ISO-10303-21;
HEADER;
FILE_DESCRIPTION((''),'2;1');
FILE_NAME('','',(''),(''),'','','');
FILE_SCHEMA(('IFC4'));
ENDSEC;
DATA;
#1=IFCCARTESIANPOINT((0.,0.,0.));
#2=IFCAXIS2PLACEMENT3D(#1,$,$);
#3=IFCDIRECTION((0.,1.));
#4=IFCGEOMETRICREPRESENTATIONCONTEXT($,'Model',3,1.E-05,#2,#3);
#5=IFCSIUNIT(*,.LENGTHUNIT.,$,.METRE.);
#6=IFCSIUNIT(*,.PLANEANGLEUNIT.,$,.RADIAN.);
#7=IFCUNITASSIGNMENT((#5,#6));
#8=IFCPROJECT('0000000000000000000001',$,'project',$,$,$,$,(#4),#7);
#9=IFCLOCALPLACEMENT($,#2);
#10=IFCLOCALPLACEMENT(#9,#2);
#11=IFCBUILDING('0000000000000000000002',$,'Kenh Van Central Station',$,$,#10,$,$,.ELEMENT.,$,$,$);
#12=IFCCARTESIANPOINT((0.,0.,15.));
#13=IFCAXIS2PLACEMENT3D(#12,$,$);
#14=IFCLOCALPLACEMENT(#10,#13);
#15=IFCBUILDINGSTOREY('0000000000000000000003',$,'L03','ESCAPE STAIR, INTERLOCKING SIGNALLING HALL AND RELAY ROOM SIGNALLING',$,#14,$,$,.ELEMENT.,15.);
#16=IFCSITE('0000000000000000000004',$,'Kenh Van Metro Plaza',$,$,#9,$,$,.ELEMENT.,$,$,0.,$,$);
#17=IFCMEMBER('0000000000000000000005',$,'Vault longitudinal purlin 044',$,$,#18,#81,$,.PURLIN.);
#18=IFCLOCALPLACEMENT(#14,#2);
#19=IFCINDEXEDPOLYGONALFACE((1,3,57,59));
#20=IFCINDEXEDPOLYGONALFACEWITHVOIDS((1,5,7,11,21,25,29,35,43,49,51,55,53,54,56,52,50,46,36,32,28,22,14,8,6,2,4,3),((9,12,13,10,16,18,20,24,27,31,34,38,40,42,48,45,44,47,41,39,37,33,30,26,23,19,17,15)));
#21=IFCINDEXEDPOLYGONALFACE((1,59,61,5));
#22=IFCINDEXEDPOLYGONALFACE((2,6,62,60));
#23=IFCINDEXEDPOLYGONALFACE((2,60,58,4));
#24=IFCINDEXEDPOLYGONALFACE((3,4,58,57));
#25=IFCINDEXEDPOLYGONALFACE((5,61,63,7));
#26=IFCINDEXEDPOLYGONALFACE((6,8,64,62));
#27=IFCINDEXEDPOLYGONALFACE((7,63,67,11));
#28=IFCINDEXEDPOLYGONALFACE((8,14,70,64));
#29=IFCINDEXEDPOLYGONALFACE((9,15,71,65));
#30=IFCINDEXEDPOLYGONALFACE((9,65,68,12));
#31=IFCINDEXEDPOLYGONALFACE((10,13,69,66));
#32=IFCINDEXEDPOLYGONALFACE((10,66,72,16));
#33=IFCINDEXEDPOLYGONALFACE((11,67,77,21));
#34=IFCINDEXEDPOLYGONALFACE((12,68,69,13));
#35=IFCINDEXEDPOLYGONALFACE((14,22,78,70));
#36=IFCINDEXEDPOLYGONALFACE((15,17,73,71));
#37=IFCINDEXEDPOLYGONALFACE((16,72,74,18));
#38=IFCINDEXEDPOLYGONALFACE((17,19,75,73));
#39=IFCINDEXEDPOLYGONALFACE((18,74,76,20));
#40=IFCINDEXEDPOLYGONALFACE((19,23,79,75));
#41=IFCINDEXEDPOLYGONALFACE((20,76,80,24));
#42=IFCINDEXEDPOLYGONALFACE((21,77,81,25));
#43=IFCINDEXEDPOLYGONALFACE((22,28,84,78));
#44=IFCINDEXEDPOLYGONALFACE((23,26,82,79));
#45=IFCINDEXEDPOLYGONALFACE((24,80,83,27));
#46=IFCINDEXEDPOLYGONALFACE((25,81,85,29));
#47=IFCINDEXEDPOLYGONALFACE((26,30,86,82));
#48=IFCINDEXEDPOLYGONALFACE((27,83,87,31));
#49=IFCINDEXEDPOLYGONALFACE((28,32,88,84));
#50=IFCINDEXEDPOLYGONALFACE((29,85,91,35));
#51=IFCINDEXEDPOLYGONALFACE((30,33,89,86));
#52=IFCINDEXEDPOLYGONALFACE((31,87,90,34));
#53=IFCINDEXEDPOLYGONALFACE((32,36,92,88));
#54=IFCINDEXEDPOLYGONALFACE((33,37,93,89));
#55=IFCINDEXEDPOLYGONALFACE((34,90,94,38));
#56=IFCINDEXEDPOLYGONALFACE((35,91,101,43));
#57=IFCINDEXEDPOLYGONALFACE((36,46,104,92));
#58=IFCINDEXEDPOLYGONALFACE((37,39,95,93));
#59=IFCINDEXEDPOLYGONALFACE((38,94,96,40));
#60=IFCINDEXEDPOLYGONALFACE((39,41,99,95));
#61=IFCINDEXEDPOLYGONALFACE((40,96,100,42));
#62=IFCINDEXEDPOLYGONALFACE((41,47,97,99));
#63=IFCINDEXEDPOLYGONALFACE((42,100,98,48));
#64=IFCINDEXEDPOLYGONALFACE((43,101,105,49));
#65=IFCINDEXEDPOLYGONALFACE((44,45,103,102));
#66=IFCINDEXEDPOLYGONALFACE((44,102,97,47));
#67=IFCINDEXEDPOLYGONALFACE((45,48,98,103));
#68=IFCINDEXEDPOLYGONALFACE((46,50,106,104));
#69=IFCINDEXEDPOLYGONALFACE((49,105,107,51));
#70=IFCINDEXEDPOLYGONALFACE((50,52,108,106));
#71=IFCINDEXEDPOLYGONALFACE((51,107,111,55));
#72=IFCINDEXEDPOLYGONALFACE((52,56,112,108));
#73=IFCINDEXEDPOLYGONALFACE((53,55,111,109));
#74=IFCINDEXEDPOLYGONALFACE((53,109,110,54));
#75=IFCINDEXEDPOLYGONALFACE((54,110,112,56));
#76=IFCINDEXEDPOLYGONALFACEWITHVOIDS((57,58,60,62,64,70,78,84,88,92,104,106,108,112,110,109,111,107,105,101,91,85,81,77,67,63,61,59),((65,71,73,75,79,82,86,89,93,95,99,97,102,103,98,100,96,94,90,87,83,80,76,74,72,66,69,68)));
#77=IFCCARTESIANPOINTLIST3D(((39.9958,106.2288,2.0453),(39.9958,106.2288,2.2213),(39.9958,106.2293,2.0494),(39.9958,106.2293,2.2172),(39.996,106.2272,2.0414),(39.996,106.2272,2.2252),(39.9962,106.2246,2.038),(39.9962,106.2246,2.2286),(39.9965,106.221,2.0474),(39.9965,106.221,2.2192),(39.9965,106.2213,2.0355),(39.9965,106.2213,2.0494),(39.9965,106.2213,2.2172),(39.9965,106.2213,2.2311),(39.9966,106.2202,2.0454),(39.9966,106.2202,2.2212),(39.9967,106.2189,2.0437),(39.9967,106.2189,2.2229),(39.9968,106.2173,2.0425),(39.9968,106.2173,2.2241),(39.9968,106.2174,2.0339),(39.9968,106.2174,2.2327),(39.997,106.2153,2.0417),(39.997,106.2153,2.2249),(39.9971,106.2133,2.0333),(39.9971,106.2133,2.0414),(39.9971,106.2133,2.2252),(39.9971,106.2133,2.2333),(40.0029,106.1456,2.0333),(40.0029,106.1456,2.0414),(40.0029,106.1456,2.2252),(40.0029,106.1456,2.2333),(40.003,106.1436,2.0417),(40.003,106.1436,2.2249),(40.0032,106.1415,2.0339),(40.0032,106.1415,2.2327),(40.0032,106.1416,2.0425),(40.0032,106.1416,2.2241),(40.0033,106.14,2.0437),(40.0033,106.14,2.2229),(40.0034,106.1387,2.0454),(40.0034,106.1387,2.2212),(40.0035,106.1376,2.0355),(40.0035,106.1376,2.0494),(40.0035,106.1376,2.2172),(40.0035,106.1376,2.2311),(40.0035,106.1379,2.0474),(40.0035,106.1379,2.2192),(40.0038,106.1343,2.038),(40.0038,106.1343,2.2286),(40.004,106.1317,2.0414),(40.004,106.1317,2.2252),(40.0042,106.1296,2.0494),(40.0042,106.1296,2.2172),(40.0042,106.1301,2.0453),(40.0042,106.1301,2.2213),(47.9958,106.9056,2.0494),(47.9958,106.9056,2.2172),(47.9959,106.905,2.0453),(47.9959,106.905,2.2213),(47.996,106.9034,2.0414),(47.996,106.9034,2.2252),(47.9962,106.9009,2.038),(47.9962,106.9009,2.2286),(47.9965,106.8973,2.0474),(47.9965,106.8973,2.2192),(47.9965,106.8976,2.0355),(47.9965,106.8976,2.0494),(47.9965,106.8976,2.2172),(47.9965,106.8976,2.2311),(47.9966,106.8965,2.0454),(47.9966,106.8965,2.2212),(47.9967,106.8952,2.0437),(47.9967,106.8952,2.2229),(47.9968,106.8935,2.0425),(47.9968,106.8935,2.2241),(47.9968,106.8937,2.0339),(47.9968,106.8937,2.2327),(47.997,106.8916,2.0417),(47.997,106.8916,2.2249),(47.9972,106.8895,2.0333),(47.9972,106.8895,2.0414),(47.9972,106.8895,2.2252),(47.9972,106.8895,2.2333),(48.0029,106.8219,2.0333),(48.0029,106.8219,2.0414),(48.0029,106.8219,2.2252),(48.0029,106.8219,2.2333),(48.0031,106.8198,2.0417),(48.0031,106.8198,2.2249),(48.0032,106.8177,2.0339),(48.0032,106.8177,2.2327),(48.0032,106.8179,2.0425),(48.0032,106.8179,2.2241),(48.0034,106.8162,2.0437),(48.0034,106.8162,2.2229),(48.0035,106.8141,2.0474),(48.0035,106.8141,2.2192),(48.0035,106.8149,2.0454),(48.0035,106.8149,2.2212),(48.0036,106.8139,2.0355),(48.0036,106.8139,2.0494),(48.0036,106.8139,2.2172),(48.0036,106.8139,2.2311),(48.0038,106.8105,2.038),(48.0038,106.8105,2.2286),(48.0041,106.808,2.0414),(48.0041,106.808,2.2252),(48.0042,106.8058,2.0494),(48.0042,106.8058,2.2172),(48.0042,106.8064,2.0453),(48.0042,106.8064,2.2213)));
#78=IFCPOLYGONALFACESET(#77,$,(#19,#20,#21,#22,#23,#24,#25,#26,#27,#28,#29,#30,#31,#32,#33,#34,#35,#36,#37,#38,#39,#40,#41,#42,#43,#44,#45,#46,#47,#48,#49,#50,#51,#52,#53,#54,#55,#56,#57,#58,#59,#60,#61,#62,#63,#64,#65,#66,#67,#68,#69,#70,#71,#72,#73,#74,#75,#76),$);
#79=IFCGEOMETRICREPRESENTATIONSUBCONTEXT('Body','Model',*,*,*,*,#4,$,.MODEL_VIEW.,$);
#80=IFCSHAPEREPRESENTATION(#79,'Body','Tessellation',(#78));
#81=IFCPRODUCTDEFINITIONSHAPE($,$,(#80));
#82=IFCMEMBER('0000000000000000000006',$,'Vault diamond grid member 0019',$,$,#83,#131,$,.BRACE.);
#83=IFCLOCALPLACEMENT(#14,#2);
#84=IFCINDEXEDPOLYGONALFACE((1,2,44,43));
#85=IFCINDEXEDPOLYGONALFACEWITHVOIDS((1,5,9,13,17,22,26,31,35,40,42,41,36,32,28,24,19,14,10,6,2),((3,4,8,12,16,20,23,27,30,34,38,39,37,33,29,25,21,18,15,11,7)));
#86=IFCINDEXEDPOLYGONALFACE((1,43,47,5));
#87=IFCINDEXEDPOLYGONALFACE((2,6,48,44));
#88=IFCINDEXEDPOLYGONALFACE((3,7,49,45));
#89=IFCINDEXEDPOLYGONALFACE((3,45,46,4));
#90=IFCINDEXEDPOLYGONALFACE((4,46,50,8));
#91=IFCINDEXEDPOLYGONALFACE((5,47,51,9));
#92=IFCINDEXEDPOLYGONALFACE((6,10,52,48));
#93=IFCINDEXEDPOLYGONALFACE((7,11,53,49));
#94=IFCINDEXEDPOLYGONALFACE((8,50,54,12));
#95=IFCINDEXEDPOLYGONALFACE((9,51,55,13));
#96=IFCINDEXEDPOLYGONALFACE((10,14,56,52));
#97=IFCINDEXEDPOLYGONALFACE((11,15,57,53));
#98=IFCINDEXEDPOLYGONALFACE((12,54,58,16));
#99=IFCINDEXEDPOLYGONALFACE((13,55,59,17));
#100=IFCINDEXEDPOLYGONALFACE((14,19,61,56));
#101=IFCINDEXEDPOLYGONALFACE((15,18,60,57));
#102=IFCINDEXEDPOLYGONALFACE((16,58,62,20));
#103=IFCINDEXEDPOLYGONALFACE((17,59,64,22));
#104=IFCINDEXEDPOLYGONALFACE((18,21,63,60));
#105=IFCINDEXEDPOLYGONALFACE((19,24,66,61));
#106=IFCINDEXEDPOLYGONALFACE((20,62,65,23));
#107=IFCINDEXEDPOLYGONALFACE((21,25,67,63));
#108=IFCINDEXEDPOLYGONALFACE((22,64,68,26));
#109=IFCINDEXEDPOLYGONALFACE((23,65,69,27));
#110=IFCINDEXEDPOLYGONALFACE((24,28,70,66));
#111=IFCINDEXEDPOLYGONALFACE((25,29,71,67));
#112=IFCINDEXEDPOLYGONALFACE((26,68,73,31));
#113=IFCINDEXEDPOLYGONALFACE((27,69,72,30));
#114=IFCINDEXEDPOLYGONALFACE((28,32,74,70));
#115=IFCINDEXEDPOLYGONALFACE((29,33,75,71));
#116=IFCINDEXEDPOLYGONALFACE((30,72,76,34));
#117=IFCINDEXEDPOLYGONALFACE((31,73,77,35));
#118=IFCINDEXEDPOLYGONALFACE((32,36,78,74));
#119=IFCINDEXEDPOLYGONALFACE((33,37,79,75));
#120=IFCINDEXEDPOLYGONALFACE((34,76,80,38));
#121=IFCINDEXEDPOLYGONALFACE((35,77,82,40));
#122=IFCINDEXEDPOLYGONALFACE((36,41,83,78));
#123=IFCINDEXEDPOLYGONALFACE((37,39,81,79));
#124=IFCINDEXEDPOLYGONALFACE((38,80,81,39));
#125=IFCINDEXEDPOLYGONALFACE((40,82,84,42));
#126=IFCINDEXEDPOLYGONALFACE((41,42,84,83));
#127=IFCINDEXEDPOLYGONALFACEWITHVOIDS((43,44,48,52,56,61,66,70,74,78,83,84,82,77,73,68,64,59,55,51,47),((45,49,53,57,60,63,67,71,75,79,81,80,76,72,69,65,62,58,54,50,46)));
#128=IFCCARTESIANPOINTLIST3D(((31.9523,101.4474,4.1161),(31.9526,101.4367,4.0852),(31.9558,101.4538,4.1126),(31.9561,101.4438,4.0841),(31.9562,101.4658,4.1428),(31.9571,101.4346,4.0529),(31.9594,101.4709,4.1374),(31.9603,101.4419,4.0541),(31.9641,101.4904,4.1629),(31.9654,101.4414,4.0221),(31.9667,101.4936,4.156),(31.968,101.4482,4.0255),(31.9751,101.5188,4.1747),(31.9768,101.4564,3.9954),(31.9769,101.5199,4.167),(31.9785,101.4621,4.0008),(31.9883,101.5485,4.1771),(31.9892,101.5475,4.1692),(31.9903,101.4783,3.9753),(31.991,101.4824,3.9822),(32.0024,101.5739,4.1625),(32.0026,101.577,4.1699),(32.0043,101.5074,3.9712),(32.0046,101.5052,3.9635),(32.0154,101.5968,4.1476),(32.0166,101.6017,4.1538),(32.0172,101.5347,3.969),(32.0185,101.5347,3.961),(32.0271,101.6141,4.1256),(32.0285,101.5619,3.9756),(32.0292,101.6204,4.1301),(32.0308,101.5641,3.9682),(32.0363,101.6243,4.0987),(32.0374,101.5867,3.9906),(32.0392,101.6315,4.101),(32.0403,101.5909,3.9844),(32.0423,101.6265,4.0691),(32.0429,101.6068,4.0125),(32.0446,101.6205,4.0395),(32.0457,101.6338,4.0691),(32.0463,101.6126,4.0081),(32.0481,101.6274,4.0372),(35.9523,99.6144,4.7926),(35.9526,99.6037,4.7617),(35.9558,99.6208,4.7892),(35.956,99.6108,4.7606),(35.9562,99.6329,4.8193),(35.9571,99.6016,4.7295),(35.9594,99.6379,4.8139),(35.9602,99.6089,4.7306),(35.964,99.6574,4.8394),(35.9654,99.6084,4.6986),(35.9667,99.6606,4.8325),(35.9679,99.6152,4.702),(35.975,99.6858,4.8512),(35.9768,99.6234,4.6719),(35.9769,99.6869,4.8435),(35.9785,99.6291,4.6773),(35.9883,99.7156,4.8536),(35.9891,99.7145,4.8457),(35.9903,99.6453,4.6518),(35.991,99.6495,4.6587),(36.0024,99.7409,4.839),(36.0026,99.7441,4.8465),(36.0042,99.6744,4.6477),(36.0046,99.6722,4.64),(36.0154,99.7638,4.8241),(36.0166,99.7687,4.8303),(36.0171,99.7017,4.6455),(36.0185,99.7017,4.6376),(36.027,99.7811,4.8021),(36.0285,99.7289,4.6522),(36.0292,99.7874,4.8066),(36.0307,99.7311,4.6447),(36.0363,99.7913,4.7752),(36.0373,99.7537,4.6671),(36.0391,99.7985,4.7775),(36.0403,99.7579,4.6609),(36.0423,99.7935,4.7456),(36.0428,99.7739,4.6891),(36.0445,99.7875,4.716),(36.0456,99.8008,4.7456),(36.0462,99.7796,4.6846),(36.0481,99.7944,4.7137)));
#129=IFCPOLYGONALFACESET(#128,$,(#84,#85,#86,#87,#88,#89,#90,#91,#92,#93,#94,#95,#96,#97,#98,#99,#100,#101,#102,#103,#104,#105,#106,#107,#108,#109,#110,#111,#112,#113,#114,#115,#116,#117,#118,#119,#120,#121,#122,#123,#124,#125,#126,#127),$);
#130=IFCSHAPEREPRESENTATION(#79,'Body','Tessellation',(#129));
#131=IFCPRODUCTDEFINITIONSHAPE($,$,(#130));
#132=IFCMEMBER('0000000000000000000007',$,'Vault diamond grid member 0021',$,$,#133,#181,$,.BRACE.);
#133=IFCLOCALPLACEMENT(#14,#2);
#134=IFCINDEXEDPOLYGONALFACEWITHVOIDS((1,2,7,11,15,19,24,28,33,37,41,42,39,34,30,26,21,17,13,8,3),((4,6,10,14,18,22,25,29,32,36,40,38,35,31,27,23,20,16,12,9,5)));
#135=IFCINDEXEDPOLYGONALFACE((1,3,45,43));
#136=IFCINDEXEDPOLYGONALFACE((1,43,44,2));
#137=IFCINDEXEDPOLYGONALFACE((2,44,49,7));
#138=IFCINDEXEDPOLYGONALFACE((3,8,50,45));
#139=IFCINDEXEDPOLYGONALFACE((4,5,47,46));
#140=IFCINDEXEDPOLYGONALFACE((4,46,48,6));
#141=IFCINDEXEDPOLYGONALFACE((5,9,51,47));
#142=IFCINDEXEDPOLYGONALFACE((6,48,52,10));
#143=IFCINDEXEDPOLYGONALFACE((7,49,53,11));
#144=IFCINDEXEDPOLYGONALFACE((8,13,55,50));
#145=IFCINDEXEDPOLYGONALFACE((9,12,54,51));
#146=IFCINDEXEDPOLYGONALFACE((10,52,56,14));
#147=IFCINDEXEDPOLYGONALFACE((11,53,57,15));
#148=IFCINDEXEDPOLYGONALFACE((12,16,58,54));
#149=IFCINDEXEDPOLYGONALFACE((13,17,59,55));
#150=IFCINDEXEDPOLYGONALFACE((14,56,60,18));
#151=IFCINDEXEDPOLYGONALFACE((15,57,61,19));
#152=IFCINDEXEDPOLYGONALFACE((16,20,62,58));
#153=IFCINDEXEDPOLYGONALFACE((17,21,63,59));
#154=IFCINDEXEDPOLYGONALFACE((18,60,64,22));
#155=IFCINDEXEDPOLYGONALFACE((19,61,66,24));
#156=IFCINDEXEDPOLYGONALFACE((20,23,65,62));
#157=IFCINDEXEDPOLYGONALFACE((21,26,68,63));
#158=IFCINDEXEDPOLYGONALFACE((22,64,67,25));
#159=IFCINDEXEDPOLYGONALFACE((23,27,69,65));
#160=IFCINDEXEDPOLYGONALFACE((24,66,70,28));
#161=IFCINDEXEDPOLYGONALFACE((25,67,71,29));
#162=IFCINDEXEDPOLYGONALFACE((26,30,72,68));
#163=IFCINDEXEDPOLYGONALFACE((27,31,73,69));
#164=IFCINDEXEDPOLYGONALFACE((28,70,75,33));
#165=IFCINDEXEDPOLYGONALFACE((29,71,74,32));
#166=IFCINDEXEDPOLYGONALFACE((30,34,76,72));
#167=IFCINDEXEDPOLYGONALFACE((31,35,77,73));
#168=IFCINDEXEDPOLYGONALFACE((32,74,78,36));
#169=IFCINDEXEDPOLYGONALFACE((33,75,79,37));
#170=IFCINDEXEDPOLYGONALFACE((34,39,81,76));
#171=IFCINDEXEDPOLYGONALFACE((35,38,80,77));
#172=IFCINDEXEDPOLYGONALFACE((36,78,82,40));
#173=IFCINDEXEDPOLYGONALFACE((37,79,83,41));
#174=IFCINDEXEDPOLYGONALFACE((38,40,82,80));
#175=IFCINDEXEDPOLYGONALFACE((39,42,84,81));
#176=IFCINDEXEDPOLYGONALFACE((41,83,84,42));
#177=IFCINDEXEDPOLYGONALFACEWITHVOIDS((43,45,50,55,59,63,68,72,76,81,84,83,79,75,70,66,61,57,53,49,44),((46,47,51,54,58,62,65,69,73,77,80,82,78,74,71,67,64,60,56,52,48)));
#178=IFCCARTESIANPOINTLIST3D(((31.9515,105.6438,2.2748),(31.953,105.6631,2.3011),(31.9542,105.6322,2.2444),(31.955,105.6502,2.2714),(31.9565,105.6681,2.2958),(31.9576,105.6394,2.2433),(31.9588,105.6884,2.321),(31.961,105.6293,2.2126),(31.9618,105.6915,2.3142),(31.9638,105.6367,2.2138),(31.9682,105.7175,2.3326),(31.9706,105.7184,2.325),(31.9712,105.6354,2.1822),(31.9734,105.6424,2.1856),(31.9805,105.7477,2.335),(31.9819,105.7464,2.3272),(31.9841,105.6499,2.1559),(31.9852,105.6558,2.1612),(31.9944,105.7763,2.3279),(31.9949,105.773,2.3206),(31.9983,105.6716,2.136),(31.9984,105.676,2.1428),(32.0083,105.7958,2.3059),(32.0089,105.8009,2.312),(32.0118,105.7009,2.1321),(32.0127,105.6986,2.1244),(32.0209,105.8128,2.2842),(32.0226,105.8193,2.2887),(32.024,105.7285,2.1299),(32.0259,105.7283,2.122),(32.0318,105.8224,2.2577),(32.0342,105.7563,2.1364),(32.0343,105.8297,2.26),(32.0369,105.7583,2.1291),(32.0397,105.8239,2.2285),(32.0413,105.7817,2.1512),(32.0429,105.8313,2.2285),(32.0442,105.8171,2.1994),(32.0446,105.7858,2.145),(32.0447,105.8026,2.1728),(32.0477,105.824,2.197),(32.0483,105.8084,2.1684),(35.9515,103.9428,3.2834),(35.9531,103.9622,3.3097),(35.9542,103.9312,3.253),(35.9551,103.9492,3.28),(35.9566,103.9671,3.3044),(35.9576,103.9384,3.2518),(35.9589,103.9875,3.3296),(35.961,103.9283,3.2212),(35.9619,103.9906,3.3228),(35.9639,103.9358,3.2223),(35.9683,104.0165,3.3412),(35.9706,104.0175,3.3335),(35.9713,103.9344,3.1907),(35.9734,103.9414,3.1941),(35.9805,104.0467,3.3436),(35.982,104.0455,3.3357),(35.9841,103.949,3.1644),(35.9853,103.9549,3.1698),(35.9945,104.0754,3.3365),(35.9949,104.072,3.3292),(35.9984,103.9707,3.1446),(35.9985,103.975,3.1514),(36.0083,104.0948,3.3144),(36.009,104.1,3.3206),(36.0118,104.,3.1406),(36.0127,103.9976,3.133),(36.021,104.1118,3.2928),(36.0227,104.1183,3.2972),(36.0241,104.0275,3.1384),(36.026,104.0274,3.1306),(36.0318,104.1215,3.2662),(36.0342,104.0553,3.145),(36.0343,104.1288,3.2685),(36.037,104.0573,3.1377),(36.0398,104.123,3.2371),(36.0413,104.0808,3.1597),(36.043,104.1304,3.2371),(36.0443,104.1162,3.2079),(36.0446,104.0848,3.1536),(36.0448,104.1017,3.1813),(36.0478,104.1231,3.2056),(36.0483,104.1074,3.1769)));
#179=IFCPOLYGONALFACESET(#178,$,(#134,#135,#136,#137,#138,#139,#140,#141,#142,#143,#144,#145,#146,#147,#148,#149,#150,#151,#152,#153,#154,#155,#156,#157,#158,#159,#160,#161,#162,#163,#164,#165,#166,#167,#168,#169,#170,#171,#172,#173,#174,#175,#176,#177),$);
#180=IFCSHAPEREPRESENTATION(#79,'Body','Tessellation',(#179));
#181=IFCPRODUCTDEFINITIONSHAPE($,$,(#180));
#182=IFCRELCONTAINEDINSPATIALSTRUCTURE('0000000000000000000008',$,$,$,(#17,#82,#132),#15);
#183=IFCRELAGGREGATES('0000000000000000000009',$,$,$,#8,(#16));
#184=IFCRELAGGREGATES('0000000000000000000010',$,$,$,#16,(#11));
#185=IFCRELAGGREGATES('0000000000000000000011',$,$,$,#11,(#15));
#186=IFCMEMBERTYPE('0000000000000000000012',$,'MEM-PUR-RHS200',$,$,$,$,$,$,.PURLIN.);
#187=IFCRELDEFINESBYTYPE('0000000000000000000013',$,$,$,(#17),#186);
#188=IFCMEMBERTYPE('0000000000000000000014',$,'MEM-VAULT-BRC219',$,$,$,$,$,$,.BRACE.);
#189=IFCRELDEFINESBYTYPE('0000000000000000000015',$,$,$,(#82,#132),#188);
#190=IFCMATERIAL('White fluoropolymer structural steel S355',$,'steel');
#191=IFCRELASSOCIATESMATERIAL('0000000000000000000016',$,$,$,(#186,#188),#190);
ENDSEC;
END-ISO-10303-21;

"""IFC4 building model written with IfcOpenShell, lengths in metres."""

from ifc_helpers import new_model, si_unit, direction, frame, origin, origin_2d, place, context, subcontext, project, spatial, hollow_rectangle, hollow_circle, extrude, material, material_profile, profile_set, type_object, element, save


model = new_model("IFC4")

# Units and contexts
model_context = context("Model", 3, precision=1e-05, world=origin(), true_north=direction((0.0, 1.0)))
body_context = subcontext(model_context, "Body", "Model", "MODEL_VIEW")
ifc_project = project(units=[si_unit("LENGTHUNIT", "METRE"), si_unit("PLANEANGLEUNIT", "RADIAN")], contexts=[model_context])

# Site, building, storey
site_placement = place(None, origin())
site = spatial("IfcSite", under=ifc_project, at=site_placement, Name="Kenh Van Metro Plaza", CompositionType="ELEMENT", RefElevation=0.0)
building_placement = place(site_placement, origin())
building = spatial("IfcBuilding", under=site, at=building_placement, Name="Kenh Van Central Station", CompositionType="ELEMENT")
storey_placement = place(building_placement, frame((0.0, 0.0, 15.0)))
storey = spatial("IfcBuildingStorey", under=building, at=storey_placement, Name="L03", Description="ESCAPE STAIR, INTERLOCKING SIGNALLING HALL AND RELAY ROOM SIGNALLING", CompositionType="ELEMENT", Elevation=15.0)

# Shared definitions
ifc_material_1 = material(Name="White fluoropolymer structural steel S355", Category="steel")

# Members
ifc_material_profile_1 = material_profile(ifc_material_1, hollow_rectangle(XDim=0.1001, YDim=0.2, WallThickness=0.0081, InnerFilletRadius=0.0081, OuterFilletRadius=0.0161, at=origin_2d()), Name="RHS 200x100x8")
ifc_profile_set_1 = profile_set([ifc_material_profile_1], Name="White fluoropolymer structural steel S355")
member_type_1 = type_object("IfcMemberType", Name="MEM-PUR-RHS200", PredefinedType="PURLIN", material=ifc_profile_set_1)
member_1_placement = place(storey_placement, frame((40.0, 106.1794, 2.1333), z_axis=(0.996446, 0.084233, 0.0), x_axis=(-0.084233, 0.996446, 0.0)))
element("IfcMember", 1, at=member_1_placement, inside=storey, type_object=member_type_1, Name="Vault longitudinal purlin 044", PredefinedType="PURLIN", context=body_context, shape_type="SweptSolid", body=[
    extrude(hollow_rectangle(XDim=0.1001, YDim=0.2, WallThickness=0.0081, InnerFilletRadius=0.0081, OuterFilletRadius=0.0161, at=origin_2d()), origin(), (0.0, 0.0, 1.0), 8.0286),
])
ifc_material_profile_2 = material_profile(ifc_material_1, hollow_circle(Radius=0.1096, WallThickness=0.0081, at=origin_2d()), Name="CHS 219.1x8")
ifc_profile_set_2 = profile_set([ifc_material_profile_2], Name="White fluoropolymer structural steel S355")
member_type_2 = type_object("IfcMemberType", Name="MEM-VAULT-BRC219", PredefinedType="BRACE", material=ifc_profile_set_2)
member_2_placement = place(storey_placement, frame((32.0, 101.5342, 4.0691), z_axis=(0.898534, -0.411755, 0.151968), x_axis=(0.416594, 0.909093, 0.0)))
element("IfcMember", 2, at=member_2_placement, inside=storey, type_object=member_type_2, Name="Vault diamond grid member 0019", PredefinedType="BRACE", context=body_context, shape_type="SweptSolid", body=[
    extrude(hollow_circle(Radius=0.1096, WallThickness=0.0081, at=origin_2d()), origin(), (0.0, 0.0, 1.0), 4.4517),
])
member_3_placement = place(storey_placement, frame((32.0, 105.7305, 2.2285), z_axis=(0.896439, -0.381195, 0.226025), x_axis=(0.391321, 0.920254, 0.0)))
element("IfcMember", 3, at=member_3_placement, inside=storey, type_object=member_type_2, Name="Vault diamond grid member 0021", PredefinedType="BRACE", context=body_context, shape_type="SweptSolid", body=[
    extrude(hollow_circle(Radius=0.1096, WallThickness=0.0081, at=origin_2d()), origin(), (0.0, 0.0, 1.0), 4.4622),
])

save(model, "model.ifc")
